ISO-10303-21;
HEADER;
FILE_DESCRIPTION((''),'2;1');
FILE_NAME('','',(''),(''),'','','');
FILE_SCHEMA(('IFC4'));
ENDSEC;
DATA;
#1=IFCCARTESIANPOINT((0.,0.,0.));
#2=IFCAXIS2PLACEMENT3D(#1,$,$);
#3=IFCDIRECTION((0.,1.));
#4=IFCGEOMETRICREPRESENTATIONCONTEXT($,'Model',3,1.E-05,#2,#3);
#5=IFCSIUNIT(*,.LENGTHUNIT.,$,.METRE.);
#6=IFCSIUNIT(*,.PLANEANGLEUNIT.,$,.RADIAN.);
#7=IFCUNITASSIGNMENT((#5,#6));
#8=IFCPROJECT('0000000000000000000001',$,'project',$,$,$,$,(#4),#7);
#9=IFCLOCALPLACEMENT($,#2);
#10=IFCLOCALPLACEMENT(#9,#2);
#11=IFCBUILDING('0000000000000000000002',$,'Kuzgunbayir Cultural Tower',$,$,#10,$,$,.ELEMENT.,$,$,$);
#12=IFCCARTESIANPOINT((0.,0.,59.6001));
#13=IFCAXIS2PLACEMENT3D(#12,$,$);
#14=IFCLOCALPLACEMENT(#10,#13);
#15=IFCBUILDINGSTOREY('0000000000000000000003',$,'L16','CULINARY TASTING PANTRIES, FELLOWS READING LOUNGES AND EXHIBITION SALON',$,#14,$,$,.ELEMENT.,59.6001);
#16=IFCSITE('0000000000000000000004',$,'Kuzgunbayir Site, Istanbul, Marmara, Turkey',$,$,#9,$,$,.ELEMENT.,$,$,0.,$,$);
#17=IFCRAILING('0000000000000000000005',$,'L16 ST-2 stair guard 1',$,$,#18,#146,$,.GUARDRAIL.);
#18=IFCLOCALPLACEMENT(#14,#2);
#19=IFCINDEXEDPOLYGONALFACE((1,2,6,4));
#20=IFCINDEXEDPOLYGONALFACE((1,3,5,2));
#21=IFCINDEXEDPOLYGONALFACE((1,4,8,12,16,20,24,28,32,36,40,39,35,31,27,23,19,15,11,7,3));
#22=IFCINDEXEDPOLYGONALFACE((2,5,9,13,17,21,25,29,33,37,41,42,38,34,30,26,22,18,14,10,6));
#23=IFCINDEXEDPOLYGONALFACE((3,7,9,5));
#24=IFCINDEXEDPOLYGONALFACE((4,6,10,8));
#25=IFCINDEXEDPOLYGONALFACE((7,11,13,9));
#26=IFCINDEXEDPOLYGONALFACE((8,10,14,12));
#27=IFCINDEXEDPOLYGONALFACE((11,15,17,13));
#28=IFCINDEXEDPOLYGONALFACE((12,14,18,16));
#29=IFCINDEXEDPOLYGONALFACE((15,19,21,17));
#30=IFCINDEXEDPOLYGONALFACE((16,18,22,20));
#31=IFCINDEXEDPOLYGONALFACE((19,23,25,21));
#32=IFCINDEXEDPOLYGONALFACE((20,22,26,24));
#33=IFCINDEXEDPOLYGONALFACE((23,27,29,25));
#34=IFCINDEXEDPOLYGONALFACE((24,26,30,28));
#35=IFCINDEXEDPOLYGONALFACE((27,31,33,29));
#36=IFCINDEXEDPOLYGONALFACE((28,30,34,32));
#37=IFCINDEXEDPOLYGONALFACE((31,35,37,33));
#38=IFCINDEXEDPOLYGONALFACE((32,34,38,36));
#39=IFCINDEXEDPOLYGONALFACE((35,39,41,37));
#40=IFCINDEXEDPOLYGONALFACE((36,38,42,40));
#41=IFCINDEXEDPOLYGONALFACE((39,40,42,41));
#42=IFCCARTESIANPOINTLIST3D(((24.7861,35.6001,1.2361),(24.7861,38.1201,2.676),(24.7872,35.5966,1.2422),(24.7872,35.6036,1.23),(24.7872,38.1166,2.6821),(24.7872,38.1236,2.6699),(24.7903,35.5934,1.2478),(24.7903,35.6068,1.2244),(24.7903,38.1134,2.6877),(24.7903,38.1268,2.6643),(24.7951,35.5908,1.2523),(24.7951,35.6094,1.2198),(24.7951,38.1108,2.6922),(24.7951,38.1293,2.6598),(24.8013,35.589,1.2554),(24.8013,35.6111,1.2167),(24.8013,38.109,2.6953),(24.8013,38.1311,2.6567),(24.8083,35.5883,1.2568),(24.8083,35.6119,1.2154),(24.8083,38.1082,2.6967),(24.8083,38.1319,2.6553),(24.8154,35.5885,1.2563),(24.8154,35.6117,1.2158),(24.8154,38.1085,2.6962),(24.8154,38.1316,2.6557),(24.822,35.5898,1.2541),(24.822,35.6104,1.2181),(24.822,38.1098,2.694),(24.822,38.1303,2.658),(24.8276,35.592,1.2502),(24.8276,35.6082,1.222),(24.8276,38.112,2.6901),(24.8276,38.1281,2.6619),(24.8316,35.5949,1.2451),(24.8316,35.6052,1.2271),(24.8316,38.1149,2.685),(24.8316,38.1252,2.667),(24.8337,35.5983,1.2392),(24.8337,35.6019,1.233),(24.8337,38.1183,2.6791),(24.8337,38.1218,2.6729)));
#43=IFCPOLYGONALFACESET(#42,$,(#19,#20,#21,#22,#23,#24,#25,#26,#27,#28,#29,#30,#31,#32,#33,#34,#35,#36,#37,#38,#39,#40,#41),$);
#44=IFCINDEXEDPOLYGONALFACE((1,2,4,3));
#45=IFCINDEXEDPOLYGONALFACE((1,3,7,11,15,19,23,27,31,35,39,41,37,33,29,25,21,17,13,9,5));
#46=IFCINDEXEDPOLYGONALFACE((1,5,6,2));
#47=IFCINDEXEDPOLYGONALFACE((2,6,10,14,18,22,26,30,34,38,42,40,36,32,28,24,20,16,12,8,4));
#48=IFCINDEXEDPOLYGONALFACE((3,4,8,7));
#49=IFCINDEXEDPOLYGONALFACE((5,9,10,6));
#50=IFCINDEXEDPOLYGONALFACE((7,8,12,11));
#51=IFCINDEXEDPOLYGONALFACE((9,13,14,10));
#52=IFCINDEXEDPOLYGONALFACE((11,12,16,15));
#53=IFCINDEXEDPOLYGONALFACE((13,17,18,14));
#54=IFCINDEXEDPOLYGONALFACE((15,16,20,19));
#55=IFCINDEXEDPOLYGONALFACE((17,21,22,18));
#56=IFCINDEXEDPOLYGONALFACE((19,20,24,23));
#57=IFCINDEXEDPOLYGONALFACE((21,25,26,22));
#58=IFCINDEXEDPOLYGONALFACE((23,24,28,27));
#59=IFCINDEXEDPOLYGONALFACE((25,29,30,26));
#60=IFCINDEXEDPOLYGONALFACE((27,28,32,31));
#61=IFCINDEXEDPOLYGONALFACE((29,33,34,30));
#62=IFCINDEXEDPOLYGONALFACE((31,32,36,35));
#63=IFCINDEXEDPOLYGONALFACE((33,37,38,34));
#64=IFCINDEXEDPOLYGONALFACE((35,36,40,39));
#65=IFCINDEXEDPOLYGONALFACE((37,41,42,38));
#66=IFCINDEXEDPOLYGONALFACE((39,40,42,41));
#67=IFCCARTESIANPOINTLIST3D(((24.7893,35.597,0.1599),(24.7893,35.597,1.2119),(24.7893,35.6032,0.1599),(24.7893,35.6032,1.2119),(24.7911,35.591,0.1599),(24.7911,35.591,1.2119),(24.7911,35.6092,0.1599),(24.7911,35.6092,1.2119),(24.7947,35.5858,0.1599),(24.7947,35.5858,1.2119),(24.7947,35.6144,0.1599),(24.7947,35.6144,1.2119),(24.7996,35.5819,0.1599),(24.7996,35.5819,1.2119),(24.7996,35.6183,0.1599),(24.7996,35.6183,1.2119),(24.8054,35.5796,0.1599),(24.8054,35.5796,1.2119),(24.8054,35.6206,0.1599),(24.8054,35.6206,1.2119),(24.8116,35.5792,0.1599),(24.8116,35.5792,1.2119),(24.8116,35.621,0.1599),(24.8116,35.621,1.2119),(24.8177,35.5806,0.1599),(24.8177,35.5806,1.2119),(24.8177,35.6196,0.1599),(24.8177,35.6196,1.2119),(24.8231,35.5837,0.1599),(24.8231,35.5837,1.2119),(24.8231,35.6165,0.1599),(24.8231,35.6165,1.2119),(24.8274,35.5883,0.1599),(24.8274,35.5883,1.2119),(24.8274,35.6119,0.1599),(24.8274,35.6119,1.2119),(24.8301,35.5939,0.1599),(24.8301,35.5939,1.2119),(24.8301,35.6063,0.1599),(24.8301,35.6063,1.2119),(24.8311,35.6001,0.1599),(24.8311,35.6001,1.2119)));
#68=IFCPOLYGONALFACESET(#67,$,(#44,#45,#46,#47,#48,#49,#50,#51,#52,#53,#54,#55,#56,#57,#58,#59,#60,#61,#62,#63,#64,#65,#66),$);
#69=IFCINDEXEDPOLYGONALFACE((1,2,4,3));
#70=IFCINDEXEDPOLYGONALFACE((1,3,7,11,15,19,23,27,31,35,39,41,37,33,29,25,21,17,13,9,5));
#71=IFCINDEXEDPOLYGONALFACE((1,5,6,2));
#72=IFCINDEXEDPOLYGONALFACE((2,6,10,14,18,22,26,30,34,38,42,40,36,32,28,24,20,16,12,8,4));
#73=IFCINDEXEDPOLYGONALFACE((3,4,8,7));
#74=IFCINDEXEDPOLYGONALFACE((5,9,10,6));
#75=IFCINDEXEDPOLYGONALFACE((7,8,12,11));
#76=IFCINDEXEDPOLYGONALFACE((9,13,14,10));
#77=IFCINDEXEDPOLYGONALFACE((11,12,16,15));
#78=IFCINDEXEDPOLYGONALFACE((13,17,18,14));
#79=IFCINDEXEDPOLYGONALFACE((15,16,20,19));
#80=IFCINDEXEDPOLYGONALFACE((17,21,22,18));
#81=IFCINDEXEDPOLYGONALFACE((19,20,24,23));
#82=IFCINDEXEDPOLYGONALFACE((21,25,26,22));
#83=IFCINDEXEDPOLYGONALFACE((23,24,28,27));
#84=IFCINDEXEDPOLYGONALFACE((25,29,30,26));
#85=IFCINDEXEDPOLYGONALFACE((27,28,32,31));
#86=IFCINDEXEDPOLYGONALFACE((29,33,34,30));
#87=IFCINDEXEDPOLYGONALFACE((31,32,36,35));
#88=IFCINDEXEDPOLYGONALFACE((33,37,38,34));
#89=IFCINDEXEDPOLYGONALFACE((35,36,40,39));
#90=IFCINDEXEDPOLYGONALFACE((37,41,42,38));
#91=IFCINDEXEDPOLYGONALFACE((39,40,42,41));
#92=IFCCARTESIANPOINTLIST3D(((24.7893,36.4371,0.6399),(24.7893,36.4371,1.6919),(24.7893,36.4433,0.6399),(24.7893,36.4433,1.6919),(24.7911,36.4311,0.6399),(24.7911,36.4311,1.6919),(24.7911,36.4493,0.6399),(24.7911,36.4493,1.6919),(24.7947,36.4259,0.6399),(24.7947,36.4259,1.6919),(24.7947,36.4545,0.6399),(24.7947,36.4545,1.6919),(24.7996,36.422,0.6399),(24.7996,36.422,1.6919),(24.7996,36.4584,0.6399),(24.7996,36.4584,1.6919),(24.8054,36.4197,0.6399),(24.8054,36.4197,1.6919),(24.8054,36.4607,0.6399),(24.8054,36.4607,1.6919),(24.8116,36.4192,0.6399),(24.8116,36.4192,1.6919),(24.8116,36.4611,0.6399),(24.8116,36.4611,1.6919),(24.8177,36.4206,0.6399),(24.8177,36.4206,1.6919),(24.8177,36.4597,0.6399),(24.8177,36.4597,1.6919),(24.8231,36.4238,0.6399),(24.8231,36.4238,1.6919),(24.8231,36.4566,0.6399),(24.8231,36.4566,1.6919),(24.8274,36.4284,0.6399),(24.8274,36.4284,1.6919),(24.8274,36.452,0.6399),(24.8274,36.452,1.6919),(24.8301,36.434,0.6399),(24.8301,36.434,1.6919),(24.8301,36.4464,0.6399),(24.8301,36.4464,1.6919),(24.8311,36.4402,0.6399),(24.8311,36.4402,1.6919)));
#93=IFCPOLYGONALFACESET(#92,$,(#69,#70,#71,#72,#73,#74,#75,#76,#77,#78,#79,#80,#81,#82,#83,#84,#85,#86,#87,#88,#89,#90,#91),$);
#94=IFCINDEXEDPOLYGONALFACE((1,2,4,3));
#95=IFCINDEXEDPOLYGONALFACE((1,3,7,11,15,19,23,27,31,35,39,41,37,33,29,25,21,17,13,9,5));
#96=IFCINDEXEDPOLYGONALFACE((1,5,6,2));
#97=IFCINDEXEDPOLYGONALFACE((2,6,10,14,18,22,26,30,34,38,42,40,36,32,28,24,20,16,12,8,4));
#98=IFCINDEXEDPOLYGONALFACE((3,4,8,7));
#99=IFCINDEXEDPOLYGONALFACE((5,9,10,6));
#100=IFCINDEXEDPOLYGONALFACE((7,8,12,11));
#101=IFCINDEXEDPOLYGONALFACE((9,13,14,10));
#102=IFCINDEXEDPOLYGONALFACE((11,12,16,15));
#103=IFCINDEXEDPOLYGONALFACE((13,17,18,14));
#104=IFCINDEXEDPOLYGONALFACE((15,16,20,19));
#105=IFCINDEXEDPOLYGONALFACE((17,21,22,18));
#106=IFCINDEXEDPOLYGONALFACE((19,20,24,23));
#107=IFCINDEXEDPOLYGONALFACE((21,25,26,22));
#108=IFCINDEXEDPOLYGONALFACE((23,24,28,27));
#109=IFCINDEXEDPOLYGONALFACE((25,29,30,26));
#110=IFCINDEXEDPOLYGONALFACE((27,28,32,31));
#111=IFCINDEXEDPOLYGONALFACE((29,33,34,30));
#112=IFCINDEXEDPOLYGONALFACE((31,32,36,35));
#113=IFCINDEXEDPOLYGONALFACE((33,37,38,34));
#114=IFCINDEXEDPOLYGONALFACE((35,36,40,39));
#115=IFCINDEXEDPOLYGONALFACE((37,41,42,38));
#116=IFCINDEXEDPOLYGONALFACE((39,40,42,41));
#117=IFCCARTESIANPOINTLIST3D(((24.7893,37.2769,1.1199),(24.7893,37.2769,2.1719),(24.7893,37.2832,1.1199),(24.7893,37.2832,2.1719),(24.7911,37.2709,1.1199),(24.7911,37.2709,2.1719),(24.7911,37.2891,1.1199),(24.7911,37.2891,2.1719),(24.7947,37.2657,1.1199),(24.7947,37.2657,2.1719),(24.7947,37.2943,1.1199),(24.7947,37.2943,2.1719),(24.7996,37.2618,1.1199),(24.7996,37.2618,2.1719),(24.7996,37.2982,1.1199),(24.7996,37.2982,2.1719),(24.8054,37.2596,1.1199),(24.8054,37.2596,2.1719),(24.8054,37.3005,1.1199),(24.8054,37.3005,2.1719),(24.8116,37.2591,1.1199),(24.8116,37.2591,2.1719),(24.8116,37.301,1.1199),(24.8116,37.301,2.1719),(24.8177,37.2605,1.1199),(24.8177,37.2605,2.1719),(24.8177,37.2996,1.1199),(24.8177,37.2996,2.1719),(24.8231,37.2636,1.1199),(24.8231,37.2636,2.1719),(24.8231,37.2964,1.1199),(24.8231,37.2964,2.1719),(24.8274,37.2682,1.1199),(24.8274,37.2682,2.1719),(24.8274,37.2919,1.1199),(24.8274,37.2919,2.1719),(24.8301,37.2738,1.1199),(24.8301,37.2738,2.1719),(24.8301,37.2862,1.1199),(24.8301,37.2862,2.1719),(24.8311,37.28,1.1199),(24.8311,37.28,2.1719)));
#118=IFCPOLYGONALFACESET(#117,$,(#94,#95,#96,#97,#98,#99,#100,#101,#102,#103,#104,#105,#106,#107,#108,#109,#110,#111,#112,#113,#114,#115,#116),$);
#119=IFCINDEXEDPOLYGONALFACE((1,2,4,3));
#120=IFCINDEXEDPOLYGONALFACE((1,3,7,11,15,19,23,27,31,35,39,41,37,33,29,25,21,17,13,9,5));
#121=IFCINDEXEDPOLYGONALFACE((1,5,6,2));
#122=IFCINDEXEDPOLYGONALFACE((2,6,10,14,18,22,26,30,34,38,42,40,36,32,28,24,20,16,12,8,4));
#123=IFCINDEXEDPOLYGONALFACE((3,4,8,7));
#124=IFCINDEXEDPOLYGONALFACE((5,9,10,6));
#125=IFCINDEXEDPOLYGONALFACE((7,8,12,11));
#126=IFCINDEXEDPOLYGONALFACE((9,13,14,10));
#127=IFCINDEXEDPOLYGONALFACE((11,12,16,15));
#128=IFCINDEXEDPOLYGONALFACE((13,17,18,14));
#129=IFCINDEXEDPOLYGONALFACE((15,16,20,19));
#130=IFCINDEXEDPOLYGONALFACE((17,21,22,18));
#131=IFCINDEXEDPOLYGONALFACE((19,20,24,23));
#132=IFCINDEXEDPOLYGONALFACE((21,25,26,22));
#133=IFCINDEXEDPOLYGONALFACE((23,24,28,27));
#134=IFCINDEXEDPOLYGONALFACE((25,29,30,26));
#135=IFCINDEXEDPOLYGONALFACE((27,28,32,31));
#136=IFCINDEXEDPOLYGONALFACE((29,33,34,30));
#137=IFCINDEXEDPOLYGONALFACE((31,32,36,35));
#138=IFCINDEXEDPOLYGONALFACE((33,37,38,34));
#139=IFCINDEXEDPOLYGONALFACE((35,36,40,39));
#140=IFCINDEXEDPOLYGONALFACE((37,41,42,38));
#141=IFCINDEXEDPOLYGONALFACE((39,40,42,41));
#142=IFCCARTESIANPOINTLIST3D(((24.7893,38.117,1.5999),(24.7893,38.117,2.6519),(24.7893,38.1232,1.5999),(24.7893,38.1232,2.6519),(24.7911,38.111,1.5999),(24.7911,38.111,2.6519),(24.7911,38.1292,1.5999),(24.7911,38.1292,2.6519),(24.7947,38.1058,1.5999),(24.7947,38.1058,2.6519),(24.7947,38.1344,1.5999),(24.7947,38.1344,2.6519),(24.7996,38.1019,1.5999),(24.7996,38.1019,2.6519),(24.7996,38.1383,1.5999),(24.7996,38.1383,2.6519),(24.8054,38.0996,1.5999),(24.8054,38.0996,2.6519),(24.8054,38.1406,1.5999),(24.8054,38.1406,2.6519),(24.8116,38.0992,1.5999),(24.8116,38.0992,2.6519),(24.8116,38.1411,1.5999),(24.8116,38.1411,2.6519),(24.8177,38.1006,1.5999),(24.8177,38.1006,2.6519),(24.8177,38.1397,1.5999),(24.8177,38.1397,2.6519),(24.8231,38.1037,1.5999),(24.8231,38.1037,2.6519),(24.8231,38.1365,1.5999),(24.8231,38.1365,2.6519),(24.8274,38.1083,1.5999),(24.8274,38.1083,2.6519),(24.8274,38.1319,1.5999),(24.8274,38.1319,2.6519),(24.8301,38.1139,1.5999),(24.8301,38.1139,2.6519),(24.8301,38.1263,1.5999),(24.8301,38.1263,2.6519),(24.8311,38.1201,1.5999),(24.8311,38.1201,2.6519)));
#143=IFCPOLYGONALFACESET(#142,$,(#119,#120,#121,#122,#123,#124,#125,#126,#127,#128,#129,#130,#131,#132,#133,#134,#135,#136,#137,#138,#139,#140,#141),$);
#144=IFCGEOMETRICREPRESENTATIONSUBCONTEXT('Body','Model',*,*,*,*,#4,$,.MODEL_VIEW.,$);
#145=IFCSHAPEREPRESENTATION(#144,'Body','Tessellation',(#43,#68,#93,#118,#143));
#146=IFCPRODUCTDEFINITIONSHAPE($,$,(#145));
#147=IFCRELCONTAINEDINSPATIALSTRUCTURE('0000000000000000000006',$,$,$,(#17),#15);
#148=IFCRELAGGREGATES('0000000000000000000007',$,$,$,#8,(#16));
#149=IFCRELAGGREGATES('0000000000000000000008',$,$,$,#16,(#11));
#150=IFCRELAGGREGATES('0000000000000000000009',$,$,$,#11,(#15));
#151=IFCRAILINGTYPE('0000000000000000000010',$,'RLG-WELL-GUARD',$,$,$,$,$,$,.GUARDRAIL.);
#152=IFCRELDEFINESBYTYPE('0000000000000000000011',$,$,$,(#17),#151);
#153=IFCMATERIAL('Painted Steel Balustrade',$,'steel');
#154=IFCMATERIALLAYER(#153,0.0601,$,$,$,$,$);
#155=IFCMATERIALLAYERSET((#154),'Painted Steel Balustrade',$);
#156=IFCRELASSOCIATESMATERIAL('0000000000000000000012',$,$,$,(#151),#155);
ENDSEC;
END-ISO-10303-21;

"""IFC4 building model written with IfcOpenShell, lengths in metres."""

from ifc_helpers import new_model, si_unit, direction, frame, origin, origin_2d, place, context, subcontext, project, spatial, circle, extrude, material, layer, layer_set, type_object, element, save


model = new_model("IFC4")

# Units and contexts
model_context = context("Model", 3, precision=1e-05, world=origin(), true_north=direction((0.0, 1.0)))
body_context = subcontext(model_context, "Body", "Model", "MODEL_VIEW")
ifc_project = project(units=[si_unit("LENGTHUNIT", "METRE"), si_unit("PLANEANGLEUNIT", "RADIAN")], contexts=[model_context])

# Site, building, storey
site_placement = place(None, origin())
site = spatial("IfcSite", under=ifc_project, at=site_placement, Name="Kuzgunbayir Site, Istanbul, Marmara, Turkey", CompositionType="ELEMENT", RefElevation=0.0)
building_placement = place(site_placement, origin())
building = spatial("IfcBuilding", under=site, at=building_placement, Name="Kuzgunbayir Cultural Tower", CompositionType="ELEMENT")
storey_placement = place(building_placement, frame((0.0, 0.0, 59.6001)))
storey = spatial("IfcBuildingStorey", under=building, at=storey_placement, Name="L16", Description="CULINARY TASTING PANTRIES, FELLOWS READING LOUNGES AND EXHIBITION SALON", CompositionType="ELEMENT", Elevation=59.6001)

# Railing
ifc_material_1 = material(Name="Painted Steel Balustrade", Category="steel")
ifc_layer_1 = layer(ifc_material_1, 0.0601)
ifc_layer_set_1 = layer_set([ifc_layer_1], Name="Painted Steel Balustrade")
railing_type_1 = type_object("IfcRailingType", Name="RLG-WELL-GUARD", PredefinedType="GUARDRAIL", material=ifc_layer_set_1)
railing_1_placement = place(storey_placement, frame((24.8101, 35.6001, 0.1599)))
element("IfcRailing", 1, at=railing_1_placement, inside=storey, type_object=railing_type_1, Name="L16 ST-2 stair guard 1", PredefinedType="GUARDRAIL", context=body_context, shape_type="SweptSolid", body=[
    extrude(circle(Radius=0.0239, at=origin_2d()), frame((0.0, 0.0, 1.0762), z_axis=(0.0, 0.868253, 0.496121), x_axis=(-1.0, 0.0, 0.0)), (0.0, 0.0, 1.0), 2.9023),
    extrude(circle(Radius=0.021, at=origin_2d()), origin(), (0.0, 0.0, 1.0), 1.052),
    extrude(circle(Radius=0.021, at=origin_2d()), frame((0.0, 0.8401, 0.48)), (0.0, 0.0, 1.0), 1.052),
    extrude(circle(Radius=0.021, at=origin_2d()), frame((0.0, 1.6799, 0.96)), (0.0, 0.0, 1.0), 1.052),
    extrude(circle(Radius=0.021, at=origin_2d()), frame((0.0, 2.52, 1.4399)), (0.0, 0.0, 1.0), 1.052),
])

save(model, "model.ifc")
